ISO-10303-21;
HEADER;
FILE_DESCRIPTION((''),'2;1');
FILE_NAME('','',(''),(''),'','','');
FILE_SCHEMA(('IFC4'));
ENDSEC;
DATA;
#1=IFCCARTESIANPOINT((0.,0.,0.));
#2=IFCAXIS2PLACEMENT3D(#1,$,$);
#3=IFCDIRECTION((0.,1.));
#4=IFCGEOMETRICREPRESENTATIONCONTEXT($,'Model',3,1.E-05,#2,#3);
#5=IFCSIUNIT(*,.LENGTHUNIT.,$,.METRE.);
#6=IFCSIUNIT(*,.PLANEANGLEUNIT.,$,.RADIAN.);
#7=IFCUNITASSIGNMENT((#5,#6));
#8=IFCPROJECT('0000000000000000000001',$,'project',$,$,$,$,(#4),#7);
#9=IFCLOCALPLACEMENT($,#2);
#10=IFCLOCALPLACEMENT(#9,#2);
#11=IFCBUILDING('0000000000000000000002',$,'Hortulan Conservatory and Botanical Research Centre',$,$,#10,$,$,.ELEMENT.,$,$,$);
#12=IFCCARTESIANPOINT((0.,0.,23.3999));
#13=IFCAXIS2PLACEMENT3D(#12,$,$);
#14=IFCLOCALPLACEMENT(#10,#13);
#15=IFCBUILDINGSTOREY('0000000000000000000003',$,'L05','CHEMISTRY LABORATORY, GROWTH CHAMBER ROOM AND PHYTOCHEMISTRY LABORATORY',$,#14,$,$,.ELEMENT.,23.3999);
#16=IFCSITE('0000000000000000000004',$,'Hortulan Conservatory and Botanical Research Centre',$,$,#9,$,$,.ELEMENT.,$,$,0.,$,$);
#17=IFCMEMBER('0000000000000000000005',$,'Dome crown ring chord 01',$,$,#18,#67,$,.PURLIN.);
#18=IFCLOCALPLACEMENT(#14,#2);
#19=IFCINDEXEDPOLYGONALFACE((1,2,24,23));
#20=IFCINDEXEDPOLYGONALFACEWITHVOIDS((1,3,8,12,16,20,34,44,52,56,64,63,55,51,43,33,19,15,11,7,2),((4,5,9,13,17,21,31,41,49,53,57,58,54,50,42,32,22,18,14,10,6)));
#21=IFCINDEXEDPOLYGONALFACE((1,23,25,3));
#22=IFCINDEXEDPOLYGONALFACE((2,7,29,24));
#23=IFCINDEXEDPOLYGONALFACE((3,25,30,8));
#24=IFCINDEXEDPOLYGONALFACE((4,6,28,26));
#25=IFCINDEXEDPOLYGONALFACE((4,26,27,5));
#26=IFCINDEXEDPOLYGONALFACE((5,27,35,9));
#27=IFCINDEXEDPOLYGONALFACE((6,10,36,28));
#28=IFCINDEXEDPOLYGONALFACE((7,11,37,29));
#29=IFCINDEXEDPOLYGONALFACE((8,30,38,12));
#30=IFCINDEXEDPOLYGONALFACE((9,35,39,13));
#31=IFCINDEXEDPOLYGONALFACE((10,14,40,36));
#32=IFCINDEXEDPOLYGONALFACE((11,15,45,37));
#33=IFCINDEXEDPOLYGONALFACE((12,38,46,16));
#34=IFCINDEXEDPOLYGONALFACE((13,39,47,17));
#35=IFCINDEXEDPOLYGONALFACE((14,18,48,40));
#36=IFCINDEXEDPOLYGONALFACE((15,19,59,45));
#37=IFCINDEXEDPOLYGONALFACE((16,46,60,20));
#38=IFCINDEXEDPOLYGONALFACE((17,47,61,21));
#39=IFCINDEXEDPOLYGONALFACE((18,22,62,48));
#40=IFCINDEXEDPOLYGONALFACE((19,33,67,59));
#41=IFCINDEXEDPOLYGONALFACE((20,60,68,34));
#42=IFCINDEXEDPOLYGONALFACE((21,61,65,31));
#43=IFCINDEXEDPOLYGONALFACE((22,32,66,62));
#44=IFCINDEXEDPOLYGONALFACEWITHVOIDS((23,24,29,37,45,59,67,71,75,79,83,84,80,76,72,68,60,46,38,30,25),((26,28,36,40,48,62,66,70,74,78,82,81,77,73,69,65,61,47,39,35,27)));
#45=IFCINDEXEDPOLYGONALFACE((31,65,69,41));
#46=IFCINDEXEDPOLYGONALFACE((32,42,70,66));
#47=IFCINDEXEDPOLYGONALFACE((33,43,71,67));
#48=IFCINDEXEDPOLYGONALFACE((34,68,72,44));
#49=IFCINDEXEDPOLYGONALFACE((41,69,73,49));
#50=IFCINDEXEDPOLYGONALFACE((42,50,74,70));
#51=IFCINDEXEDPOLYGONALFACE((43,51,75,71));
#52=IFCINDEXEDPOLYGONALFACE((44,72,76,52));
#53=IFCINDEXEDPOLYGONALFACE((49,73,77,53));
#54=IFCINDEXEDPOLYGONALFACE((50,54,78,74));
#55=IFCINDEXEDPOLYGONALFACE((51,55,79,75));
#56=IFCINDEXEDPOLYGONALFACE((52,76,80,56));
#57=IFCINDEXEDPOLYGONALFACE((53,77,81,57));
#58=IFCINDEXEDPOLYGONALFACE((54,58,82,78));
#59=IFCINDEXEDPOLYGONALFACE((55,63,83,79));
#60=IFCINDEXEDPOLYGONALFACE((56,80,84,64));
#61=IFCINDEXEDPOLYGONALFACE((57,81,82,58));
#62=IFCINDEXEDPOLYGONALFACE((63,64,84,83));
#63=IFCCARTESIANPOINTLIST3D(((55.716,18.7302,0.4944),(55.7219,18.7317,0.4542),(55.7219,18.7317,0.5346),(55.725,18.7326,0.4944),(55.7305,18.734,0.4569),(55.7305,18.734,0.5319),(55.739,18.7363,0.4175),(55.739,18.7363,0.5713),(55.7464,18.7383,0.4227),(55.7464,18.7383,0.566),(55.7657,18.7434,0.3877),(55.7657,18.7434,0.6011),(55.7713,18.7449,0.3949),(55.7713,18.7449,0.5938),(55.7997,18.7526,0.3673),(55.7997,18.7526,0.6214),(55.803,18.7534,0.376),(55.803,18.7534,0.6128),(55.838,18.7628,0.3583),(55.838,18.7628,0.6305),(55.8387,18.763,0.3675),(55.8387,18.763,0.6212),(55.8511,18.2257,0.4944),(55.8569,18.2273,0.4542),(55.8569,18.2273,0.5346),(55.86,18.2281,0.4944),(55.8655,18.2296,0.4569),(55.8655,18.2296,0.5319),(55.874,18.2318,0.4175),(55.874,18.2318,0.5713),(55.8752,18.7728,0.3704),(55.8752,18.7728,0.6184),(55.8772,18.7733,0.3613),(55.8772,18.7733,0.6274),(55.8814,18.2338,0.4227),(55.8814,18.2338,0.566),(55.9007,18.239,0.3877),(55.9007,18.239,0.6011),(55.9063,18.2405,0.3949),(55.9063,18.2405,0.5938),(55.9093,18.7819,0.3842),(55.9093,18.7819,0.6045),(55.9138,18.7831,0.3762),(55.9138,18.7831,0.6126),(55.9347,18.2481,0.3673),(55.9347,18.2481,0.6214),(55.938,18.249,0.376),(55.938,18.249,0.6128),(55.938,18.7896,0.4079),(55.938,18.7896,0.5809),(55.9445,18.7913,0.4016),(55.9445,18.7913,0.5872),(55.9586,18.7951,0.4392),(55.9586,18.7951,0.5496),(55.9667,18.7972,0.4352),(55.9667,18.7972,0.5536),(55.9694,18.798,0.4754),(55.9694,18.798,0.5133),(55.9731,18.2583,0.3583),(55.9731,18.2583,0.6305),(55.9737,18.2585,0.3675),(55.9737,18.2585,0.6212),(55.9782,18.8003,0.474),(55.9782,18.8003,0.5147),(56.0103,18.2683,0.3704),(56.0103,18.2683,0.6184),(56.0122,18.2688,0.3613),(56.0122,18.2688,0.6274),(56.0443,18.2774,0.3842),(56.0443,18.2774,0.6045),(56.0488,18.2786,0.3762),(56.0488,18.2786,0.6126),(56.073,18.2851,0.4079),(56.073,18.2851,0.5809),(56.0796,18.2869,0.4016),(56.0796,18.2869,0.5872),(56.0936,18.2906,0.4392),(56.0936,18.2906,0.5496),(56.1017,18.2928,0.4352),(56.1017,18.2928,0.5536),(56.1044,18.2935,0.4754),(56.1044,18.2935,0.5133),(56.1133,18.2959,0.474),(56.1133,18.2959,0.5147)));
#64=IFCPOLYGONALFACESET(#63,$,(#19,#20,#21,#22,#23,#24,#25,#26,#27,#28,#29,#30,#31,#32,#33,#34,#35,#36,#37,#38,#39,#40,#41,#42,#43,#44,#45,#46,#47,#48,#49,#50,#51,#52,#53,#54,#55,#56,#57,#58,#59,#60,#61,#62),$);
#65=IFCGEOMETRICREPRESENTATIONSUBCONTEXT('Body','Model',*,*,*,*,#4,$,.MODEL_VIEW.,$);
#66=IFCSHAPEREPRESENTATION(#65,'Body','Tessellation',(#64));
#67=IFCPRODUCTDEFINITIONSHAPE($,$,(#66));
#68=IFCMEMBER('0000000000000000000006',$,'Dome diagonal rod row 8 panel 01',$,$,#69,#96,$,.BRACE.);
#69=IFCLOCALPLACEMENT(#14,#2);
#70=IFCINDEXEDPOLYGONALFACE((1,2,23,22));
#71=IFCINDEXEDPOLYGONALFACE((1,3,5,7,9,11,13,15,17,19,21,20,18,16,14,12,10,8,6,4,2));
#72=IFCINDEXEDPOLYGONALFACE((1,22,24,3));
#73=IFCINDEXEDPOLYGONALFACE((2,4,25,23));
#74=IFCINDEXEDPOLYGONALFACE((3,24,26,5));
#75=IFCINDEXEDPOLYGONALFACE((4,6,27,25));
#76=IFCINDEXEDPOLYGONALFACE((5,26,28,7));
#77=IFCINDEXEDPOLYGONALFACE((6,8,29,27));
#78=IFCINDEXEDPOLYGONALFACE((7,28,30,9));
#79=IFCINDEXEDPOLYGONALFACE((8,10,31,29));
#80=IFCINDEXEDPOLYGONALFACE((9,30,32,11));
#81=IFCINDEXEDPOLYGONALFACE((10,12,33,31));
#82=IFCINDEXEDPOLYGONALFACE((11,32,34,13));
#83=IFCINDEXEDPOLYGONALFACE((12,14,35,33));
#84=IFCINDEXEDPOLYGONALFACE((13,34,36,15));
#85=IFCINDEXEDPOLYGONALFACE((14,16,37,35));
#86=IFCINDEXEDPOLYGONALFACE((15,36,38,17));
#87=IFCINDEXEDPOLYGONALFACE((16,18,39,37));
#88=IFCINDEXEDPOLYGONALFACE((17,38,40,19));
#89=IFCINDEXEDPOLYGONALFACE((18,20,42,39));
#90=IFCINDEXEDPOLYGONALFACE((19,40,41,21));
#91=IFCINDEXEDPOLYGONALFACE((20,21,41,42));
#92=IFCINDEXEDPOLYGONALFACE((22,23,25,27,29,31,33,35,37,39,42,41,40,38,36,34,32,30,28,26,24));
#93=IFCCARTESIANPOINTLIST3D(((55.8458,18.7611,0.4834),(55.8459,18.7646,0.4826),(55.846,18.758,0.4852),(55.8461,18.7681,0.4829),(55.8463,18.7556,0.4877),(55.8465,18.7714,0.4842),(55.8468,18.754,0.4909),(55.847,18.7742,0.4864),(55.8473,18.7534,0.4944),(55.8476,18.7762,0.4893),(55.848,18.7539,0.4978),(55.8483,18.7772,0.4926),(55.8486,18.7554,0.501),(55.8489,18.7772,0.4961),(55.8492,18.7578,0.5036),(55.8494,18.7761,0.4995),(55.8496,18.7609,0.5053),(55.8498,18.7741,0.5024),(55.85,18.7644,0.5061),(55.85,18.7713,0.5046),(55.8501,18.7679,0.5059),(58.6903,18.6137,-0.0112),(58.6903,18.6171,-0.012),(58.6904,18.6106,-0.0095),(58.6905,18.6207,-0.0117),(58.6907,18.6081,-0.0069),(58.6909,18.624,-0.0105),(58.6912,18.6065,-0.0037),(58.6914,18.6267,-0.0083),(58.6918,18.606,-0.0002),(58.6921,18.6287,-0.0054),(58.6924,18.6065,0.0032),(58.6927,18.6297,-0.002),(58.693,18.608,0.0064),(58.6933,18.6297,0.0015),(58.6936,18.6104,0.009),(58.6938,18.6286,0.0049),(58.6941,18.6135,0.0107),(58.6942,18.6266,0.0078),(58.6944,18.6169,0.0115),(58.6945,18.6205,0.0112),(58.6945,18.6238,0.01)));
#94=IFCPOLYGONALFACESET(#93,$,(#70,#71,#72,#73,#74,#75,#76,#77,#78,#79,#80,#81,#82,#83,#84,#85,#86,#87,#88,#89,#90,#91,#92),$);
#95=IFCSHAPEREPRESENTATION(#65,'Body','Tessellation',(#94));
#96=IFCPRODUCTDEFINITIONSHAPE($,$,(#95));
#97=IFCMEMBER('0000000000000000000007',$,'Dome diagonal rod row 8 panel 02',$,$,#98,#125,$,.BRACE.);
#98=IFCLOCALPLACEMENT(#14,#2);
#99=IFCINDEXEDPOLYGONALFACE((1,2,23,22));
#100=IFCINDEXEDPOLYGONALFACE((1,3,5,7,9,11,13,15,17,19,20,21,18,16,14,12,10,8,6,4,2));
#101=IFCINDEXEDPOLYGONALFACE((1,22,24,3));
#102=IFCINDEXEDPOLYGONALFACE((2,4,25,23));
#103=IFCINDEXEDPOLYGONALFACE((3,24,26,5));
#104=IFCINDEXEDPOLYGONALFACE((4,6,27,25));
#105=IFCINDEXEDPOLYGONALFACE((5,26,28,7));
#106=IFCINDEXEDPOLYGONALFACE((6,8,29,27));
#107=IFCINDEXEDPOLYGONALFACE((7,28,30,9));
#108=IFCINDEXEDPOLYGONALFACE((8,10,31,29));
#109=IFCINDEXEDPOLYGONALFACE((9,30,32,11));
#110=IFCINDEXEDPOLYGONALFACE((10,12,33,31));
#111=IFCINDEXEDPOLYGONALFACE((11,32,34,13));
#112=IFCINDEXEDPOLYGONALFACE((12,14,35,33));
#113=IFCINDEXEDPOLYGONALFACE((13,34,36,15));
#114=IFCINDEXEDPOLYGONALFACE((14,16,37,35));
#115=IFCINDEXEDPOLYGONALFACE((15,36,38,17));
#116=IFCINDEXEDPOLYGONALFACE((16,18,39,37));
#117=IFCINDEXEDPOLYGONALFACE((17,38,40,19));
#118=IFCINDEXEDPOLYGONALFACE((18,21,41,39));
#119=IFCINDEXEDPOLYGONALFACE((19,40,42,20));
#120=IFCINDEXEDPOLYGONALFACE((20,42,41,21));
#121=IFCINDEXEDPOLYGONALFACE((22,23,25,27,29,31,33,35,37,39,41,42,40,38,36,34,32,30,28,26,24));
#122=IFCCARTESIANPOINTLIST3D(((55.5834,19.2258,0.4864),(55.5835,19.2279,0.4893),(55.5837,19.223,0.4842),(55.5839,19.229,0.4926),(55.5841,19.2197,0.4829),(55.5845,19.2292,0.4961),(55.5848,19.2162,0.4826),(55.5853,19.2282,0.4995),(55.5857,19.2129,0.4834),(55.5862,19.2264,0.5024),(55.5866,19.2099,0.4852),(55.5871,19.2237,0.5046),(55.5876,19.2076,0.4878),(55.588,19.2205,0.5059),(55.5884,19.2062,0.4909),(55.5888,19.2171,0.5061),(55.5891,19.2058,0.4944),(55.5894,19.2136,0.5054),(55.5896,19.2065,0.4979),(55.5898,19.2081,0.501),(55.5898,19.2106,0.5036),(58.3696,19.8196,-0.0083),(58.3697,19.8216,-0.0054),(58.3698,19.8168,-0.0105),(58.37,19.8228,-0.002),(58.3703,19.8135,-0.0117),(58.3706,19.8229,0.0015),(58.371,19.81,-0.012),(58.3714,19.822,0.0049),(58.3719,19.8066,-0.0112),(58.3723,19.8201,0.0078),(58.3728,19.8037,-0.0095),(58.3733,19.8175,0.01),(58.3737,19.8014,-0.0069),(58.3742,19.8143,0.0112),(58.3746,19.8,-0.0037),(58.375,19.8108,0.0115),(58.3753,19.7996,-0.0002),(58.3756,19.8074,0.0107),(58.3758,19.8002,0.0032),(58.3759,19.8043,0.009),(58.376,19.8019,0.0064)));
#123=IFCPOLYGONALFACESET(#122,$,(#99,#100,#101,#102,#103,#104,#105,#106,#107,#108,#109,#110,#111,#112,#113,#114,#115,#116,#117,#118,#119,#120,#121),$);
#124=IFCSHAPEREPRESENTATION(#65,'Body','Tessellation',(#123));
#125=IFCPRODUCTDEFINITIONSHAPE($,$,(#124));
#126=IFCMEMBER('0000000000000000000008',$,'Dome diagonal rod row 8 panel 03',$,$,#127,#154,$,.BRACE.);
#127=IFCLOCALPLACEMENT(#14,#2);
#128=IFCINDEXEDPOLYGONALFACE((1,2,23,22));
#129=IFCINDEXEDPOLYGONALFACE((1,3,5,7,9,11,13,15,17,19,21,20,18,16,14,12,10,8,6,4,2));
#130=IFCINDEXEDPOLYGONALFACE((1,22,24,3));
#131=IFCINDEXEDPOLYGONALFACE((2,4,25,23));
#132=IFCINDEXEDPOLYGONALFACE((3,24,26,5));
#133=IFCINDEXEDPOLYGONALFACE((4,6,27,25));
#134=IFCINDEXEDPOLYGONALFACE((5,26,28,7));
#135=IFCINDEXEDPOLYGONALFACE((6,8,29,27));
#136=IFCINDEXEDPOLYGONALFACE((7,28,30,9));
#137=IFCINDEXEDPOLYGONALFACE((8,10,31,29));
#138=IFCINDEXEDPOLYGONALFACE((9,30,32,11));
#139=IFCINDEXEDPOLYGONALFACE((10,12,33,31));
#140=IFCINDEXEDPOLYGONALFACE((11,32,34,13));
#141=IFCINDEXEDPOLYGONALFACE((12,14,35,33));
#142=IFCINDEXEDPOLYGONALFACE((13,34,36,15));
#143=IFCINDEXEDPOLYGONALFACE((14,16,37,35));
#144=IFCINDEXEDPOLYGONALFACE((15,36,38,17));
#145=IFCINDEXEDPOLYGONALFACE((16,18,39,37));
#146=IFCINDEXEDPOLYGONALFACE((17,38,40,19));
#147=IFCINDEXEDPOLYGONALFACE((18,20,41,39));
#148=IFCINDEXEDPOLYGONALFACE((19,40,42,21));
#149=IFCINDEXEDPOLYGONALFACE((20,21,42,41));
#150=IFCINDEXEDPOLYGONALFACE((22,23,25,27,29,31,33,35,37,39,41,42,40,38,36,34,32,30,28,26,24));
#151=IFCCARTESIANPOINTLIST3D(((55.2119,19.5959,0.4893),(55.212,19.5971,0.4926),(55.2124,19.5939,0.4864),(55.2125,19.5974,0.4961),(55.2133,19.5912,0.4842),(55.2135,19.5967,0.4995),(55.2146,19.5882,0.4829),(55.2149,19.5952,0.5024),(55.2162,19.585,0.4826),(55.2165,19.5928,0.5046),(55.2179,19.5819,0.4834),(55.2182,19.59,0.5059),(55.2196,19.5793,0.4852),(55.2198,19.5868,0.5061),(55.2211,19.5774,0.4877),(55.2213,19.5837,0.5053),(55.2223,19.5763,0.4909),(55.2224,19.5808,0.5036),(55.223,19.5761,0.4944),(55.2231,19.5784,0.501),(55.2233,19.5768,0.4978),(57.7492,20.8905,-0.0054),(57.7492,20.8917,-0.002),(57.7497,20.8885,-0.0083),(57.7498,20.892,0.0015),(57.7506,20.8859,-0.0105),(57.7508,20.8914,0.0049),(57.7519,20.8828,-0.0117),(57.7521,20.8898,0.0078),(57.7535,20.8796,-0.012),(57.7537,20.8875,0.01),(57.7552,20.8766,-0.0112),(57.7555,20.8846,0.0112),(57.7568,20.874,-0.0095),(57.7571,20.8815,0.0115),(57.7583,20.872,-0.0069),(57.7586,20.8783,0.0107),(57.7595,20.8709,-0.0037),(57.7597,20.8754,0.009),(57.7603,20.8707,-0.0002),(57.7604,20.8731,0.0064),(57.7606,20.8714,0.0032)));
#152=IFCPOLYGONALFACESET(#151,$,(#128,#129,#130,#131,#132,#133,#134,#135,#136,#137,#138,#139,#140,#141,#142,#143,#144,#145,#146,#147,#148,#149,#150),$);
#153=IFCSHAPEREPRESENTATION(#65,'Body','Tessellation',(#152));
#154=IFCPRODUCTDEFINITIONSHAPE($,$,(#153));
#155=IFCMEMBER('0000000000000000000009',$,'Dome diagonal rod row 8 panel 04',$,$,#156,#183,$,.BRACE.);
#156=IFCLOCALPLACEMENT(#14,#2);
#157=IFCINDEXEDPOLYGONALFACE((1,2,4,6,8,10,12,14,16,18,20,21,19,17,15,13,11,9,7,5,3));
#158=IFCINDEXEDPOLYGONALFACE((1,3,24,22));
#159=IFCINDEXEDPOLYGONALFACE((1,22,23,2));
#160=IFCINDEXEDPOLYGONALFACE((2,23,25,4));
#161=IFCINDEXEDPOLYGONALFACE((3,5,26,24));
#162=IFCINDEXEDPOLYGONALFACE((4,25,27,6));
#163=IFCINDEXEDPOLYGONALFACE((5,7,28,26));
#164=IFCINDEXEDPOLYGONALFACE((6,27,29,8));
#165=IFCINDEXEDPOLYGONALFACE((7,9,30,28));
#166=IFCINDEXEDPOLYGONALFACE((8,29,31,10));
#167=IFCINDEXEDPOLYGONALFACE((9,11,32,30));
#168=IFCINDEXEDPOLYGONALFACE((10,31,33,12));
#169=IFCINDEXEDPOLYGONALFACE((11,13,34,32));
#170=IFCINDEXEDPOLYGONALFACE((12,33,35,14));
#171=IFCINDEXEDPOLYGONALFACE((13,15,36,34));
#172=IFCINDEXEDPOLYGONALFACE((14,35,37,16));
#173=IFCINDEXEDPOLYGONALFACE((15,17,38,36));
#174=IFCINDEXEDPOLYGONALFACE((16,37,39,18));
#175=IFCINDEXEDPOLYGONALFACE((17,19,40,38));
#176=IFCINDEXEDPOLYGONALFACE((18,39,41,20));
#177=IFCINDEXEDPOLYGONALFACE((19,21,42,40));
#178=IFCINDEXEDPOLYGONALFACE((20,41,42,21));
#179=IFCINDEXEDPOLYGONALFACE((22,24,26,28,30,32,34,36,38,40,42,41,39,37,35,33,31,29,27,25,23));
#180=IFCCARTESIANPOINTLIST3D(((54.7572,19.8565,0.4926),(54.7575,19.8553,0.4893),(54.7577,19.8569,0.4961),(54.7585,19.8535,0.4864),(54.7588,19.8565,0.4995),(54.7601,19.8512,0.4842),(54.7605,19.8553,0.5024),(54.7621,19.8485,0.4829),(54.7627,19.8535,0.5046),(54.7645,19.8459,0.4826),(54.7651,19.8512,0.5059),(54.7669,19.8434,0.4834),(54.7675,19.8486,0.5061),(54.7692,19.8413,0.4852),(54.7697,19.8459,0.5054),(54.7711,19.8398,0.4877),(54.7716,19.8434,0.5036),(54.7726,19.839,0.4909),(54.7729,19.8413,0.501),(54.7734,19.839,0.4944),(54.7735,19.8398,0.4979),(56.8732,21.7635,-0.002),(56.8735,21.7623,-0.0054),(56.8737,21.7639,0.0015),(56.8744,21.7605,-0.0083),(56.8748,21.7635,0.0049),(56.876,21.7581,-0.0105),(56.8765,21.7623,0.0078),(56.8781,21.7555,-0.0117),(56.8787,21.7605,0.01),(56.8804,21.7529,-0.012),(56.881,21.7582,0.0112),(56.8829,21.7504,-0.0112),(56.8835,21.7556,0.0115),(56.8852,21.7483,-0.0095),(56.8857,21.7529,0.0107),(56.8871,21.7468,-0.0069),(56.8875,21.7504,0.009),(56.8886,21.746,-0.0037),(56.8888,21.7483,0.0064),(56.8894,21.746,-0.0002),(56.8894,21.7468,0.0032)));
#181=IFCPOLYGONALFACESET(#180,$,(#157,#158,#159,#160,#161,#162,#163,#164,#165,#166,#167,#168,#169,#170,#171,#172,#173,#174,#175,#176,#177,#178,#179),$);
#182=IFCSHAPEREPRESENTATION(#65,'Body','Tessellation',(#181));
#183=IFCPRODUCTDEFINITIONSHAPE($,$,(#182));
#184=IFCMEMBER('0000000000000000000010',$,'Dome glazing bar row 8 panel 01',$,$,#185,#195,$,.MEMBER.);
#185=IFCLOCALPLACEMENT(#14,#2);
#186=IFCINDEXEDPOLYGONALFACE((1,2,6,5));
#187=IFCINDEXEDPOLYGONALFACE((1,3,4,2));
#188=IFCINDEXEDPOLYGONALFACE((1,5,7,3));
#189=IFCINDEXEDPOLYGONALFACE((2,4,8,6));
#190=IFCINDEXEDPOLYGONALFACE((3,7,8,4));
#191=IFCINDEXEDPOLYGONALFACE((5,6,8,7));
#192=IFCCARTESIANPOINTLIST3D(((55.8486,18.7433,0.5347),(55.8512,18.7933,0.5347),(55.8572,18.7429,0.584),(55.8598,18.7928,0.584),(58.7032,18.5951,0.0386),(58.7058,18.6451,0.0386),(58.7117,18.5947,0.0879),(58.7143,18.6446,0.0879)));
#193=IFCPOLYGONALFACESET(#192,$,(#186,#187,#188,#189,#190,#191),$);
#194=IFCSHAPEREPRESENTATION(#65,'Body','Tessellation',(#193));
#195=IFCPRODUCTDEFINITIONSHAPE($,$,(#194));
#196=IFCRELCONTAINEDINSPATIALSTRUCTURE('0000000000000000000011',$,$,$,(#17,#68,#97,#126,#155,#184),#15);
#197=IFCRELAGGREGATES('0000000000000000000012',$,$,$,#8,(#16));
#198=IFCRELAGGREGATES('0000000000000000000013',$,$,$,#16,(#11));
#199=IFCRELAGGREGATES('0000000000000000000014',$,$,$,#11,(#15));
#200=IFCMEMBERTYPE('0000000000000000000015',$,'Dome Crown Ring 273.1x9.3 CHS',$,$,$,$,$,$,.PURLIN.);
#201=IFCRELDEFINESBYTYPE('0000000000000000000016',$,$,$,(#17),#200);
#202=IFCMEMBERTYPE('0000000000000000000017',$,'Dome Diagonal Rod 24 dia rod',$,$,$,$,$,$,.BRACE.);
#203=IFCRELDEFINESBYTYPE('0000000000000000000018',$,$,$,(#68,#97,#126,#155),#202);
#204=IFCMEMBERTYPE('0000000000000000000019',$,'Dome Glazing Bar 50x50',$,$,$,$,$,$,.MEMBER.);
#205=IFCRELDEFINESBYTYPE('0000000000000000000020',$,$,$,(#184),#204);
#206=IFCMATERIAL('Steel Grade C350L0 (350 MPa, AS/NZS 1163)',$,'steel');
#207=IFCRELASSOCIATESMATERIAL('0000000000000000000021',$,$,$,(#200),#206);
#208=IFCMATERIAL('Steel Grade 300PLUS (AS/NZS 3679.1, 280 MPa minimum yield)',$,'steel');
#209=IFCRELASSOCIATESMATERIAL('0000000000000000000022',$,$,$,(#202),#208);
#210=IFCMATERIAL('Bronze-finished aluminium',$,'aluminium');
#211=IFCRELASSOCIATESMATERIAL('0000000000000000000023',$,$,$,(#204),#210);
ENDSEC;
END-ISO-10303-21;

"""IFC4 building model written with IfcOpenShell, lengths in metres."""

from ifc_helpers import new_model, si_unit, direction, frame, origin, origin_2d, place, context, subcontext, project, spatial, rectangle, circle, hollow_circle, extrude, material, material_profile, profile_set, type_object, element, save


model = new_model("IFC4")

# Units and contexts
model_context = context("Model", 3, precision=1e-05, world=origin(), true_north=direction((0.0, 1.0)))
body_context = subcontext(model_context, "Body", "Model", "MODEL_VIEW")
ifc_project = project(units=[si_unit("LENGTHUNIT", "METRE"), si_unit("PLANEANGLEUNIT", "RADIAN")], contexts=[model_context])

# Site, building, storey
site_placement = place(None, origin())
site = spatial("IfcSite", under=ifc_project, at=site_placement, Name="Hortulan Conservatory and Botanical Research Centre", CompositionType="ELEMENT", RefElevation=0.0)
building_placement = place(site_placement, origin())
building = spatial("IfcBuilding", under=site, at=building_placement, Name="Hortulan Conservatory and Botanical Research Centre", CompositionType="ELEMENT")
storey_placement = place(building_placement, frame((0.0, 0.0, 23.3999)))
storey = spatial("IfcBuildingStorey", under=building, at=storey_placement, Name="L05", Description="CHEMISTRY LABORATORY, GROWTH CHAMBER ROOM AND PHYTOCHEMISTRY LABORATORY", CompositionType="ELEMENT", Elevation=23.3999)

# Members
ifc_material_1 = material(Name="Steel Grade C350L0 (350 MPa, AS/NZS 1163)", Category="steel")
ifc_material_profile_1 = material_profile(ifc_material_1, hollow_circle(Radius=0.1365, WallThickness=0.0093, at=origin_2d()), Name="273.1x9.3CHS")
ifc_profile_set_1 = profile_set([ifc_material_profile_1], Name="Steel Grade C350L0 (350 MPa, AS/NZS 1163)")
member_type_1 = type_object("IfcMemberType", Name="Dome Crown Ring 273.1x9.3 CHS", PredefinedType="PURLIN", material=ifc_profile_set_1)
member_1_placement = place(storey_placement, frame((55.9829, 18.261, 0.4944), z_axis=(-0.258565, 0.965994, 0.0), x_axis=(-0.965994, -0.258565, 0.0)))
element("IfcMember", 1, at=member_1_placement, inside=storey, type_object=member_type_1, Name="Dome crown ring chord 01", PredefinedType="PURLIN", context=body_context, shape_type="SweptSolid", body=[
    extrude(hollow_circle(Radius=0.1365, WallThickness=0.0093, at=origin_2d()), origin(), (0.0, 0.0, 1.0), 0.5222),
])
ifc_material_2 = material(Name="Steel Grade 300PLUS (AS/NZS 3679.1, 280 MPa minimum yield)", Category="steel")
ifc_material_profile_2 = material_profile(ifc_material_2, circle(Radius=0.012, at=origin_2d()), Name="24 dia rod")
ifc_profile_set_2 = profile_set([ifc_material_profile_2], Name="Steel Grade 300PLUS (AS/NZS 3679.1, 280 MPa minimum yield)")
member_type_2 = type_object("IfcMemberType", Name="Dome Diagonal Rod 24 dia rod", PredefinedType="BRACE", material=ifc_profile_set_2)
member_2_placement = place(storey_placement, frame((58.6924, 18.6179, -0.0002), z_axis=(-0.983933, 0.051008, 0.171097), x_axis=(-0.051772, -0.998659, 0.0)))
element("IfcMember", 2, at=member_2_placement, inside=storey, type_object=member_type_2, Name="Dome diagonal rod row 8 panel 01", PredefinedType="BRACE", context=body_context, shape_type="SweptSolid", body=[
    extrude(circle(Radius=0.012, at=origin_2d()), origin(), (0.0, 0.0, 1.0), 2.8909),
])
member_3_placement = place(storey_placement, frame((58.3728, 19.8113, -0.0002), z_axis=(-0.96362, -0.205356, 0.171074), x_axis=(0.208429, -0.978038, 0.0)))
element("IfcMember", 3, at=member_3_placement, inside=storey, type_object=member_type_2, Name="Dome diagonal rod row 8 panel 02", PredefinedType="BRACE", context=body_context, shape_type="SweptSolid", body=[
    extrude(circle(Radius=0.012, at=origin_2d()), origin(), (0.0, 0.0, 1.0), 2.8914),
])
for number, where, z_axis, x_axis, name in (
    (4, (57.7549, 20.8813, -0.0002), (-0.877614, -0.4478, 0.171081), (0.454501, -0.890746, 0.0), "Dome diagonal rod row 8 panel 03"),
    (5, (56.8813, 21.7549, -0.0002), (-0.731886, -0.659601, 0.171086), (0.669471, -0.742838, 0.0), "Dome diagonal rod row 8 panel 04"),
):
    element("IfcMember", number, at=place(storey_placement, frame(where, z_axis=z_axis, x_axis=x_axis)), inside=storey, type_object=member_type_2, Name=name, PredefinedType="BRACE", context=body_context, shape_type="SweptSolid", body=[
        extrude(circle(Radius=0.012, at=origin_2d()), origin(), (0.0, 0.0, 1.0), 2.8911),
    ])
ifc_material_3 = material(Name="Bronze-finished aluminium", Category="aluminium")
ifc_material_profile_3 = material_profile(ifc_material_3, rectangle(XDim=0.05, YDim=0.05, at=origin_2d()), Name="Square bar 50x50")
ifc_profile_set_3 = profile_set([ifc_material_profile_3], Name="Bronze-finished aluminium")
member_type_3 = type_object("IfcMemberType", Name="Dome Glazing Bar 50x50", PredefinedType="MEMBER", material=ifc_profile_set_3)
member_4_placement = place(storey_placement, frame((58.7087, 18.6199, 0.0632), z_axis=(-0.983945, 0.051082, 0.171004), x_axis=(-0.051846, -0.998655, 0.0)))
element("IfcMember", 6, at=member_4_placement, inside=storey, type_object=member_type_3, Name="Dome glazing bar row 8 panel 01", PredefinedType="MEMBER", context=body_context, shape_type="SweptSolid", body=[
    extrude(rectangle(XDim=0.05, YDim=0.05, at=origin_2d()), origin(), (0.0, 0.0, 1.0), 2.9011),
])

save(model, "model.ifc")
